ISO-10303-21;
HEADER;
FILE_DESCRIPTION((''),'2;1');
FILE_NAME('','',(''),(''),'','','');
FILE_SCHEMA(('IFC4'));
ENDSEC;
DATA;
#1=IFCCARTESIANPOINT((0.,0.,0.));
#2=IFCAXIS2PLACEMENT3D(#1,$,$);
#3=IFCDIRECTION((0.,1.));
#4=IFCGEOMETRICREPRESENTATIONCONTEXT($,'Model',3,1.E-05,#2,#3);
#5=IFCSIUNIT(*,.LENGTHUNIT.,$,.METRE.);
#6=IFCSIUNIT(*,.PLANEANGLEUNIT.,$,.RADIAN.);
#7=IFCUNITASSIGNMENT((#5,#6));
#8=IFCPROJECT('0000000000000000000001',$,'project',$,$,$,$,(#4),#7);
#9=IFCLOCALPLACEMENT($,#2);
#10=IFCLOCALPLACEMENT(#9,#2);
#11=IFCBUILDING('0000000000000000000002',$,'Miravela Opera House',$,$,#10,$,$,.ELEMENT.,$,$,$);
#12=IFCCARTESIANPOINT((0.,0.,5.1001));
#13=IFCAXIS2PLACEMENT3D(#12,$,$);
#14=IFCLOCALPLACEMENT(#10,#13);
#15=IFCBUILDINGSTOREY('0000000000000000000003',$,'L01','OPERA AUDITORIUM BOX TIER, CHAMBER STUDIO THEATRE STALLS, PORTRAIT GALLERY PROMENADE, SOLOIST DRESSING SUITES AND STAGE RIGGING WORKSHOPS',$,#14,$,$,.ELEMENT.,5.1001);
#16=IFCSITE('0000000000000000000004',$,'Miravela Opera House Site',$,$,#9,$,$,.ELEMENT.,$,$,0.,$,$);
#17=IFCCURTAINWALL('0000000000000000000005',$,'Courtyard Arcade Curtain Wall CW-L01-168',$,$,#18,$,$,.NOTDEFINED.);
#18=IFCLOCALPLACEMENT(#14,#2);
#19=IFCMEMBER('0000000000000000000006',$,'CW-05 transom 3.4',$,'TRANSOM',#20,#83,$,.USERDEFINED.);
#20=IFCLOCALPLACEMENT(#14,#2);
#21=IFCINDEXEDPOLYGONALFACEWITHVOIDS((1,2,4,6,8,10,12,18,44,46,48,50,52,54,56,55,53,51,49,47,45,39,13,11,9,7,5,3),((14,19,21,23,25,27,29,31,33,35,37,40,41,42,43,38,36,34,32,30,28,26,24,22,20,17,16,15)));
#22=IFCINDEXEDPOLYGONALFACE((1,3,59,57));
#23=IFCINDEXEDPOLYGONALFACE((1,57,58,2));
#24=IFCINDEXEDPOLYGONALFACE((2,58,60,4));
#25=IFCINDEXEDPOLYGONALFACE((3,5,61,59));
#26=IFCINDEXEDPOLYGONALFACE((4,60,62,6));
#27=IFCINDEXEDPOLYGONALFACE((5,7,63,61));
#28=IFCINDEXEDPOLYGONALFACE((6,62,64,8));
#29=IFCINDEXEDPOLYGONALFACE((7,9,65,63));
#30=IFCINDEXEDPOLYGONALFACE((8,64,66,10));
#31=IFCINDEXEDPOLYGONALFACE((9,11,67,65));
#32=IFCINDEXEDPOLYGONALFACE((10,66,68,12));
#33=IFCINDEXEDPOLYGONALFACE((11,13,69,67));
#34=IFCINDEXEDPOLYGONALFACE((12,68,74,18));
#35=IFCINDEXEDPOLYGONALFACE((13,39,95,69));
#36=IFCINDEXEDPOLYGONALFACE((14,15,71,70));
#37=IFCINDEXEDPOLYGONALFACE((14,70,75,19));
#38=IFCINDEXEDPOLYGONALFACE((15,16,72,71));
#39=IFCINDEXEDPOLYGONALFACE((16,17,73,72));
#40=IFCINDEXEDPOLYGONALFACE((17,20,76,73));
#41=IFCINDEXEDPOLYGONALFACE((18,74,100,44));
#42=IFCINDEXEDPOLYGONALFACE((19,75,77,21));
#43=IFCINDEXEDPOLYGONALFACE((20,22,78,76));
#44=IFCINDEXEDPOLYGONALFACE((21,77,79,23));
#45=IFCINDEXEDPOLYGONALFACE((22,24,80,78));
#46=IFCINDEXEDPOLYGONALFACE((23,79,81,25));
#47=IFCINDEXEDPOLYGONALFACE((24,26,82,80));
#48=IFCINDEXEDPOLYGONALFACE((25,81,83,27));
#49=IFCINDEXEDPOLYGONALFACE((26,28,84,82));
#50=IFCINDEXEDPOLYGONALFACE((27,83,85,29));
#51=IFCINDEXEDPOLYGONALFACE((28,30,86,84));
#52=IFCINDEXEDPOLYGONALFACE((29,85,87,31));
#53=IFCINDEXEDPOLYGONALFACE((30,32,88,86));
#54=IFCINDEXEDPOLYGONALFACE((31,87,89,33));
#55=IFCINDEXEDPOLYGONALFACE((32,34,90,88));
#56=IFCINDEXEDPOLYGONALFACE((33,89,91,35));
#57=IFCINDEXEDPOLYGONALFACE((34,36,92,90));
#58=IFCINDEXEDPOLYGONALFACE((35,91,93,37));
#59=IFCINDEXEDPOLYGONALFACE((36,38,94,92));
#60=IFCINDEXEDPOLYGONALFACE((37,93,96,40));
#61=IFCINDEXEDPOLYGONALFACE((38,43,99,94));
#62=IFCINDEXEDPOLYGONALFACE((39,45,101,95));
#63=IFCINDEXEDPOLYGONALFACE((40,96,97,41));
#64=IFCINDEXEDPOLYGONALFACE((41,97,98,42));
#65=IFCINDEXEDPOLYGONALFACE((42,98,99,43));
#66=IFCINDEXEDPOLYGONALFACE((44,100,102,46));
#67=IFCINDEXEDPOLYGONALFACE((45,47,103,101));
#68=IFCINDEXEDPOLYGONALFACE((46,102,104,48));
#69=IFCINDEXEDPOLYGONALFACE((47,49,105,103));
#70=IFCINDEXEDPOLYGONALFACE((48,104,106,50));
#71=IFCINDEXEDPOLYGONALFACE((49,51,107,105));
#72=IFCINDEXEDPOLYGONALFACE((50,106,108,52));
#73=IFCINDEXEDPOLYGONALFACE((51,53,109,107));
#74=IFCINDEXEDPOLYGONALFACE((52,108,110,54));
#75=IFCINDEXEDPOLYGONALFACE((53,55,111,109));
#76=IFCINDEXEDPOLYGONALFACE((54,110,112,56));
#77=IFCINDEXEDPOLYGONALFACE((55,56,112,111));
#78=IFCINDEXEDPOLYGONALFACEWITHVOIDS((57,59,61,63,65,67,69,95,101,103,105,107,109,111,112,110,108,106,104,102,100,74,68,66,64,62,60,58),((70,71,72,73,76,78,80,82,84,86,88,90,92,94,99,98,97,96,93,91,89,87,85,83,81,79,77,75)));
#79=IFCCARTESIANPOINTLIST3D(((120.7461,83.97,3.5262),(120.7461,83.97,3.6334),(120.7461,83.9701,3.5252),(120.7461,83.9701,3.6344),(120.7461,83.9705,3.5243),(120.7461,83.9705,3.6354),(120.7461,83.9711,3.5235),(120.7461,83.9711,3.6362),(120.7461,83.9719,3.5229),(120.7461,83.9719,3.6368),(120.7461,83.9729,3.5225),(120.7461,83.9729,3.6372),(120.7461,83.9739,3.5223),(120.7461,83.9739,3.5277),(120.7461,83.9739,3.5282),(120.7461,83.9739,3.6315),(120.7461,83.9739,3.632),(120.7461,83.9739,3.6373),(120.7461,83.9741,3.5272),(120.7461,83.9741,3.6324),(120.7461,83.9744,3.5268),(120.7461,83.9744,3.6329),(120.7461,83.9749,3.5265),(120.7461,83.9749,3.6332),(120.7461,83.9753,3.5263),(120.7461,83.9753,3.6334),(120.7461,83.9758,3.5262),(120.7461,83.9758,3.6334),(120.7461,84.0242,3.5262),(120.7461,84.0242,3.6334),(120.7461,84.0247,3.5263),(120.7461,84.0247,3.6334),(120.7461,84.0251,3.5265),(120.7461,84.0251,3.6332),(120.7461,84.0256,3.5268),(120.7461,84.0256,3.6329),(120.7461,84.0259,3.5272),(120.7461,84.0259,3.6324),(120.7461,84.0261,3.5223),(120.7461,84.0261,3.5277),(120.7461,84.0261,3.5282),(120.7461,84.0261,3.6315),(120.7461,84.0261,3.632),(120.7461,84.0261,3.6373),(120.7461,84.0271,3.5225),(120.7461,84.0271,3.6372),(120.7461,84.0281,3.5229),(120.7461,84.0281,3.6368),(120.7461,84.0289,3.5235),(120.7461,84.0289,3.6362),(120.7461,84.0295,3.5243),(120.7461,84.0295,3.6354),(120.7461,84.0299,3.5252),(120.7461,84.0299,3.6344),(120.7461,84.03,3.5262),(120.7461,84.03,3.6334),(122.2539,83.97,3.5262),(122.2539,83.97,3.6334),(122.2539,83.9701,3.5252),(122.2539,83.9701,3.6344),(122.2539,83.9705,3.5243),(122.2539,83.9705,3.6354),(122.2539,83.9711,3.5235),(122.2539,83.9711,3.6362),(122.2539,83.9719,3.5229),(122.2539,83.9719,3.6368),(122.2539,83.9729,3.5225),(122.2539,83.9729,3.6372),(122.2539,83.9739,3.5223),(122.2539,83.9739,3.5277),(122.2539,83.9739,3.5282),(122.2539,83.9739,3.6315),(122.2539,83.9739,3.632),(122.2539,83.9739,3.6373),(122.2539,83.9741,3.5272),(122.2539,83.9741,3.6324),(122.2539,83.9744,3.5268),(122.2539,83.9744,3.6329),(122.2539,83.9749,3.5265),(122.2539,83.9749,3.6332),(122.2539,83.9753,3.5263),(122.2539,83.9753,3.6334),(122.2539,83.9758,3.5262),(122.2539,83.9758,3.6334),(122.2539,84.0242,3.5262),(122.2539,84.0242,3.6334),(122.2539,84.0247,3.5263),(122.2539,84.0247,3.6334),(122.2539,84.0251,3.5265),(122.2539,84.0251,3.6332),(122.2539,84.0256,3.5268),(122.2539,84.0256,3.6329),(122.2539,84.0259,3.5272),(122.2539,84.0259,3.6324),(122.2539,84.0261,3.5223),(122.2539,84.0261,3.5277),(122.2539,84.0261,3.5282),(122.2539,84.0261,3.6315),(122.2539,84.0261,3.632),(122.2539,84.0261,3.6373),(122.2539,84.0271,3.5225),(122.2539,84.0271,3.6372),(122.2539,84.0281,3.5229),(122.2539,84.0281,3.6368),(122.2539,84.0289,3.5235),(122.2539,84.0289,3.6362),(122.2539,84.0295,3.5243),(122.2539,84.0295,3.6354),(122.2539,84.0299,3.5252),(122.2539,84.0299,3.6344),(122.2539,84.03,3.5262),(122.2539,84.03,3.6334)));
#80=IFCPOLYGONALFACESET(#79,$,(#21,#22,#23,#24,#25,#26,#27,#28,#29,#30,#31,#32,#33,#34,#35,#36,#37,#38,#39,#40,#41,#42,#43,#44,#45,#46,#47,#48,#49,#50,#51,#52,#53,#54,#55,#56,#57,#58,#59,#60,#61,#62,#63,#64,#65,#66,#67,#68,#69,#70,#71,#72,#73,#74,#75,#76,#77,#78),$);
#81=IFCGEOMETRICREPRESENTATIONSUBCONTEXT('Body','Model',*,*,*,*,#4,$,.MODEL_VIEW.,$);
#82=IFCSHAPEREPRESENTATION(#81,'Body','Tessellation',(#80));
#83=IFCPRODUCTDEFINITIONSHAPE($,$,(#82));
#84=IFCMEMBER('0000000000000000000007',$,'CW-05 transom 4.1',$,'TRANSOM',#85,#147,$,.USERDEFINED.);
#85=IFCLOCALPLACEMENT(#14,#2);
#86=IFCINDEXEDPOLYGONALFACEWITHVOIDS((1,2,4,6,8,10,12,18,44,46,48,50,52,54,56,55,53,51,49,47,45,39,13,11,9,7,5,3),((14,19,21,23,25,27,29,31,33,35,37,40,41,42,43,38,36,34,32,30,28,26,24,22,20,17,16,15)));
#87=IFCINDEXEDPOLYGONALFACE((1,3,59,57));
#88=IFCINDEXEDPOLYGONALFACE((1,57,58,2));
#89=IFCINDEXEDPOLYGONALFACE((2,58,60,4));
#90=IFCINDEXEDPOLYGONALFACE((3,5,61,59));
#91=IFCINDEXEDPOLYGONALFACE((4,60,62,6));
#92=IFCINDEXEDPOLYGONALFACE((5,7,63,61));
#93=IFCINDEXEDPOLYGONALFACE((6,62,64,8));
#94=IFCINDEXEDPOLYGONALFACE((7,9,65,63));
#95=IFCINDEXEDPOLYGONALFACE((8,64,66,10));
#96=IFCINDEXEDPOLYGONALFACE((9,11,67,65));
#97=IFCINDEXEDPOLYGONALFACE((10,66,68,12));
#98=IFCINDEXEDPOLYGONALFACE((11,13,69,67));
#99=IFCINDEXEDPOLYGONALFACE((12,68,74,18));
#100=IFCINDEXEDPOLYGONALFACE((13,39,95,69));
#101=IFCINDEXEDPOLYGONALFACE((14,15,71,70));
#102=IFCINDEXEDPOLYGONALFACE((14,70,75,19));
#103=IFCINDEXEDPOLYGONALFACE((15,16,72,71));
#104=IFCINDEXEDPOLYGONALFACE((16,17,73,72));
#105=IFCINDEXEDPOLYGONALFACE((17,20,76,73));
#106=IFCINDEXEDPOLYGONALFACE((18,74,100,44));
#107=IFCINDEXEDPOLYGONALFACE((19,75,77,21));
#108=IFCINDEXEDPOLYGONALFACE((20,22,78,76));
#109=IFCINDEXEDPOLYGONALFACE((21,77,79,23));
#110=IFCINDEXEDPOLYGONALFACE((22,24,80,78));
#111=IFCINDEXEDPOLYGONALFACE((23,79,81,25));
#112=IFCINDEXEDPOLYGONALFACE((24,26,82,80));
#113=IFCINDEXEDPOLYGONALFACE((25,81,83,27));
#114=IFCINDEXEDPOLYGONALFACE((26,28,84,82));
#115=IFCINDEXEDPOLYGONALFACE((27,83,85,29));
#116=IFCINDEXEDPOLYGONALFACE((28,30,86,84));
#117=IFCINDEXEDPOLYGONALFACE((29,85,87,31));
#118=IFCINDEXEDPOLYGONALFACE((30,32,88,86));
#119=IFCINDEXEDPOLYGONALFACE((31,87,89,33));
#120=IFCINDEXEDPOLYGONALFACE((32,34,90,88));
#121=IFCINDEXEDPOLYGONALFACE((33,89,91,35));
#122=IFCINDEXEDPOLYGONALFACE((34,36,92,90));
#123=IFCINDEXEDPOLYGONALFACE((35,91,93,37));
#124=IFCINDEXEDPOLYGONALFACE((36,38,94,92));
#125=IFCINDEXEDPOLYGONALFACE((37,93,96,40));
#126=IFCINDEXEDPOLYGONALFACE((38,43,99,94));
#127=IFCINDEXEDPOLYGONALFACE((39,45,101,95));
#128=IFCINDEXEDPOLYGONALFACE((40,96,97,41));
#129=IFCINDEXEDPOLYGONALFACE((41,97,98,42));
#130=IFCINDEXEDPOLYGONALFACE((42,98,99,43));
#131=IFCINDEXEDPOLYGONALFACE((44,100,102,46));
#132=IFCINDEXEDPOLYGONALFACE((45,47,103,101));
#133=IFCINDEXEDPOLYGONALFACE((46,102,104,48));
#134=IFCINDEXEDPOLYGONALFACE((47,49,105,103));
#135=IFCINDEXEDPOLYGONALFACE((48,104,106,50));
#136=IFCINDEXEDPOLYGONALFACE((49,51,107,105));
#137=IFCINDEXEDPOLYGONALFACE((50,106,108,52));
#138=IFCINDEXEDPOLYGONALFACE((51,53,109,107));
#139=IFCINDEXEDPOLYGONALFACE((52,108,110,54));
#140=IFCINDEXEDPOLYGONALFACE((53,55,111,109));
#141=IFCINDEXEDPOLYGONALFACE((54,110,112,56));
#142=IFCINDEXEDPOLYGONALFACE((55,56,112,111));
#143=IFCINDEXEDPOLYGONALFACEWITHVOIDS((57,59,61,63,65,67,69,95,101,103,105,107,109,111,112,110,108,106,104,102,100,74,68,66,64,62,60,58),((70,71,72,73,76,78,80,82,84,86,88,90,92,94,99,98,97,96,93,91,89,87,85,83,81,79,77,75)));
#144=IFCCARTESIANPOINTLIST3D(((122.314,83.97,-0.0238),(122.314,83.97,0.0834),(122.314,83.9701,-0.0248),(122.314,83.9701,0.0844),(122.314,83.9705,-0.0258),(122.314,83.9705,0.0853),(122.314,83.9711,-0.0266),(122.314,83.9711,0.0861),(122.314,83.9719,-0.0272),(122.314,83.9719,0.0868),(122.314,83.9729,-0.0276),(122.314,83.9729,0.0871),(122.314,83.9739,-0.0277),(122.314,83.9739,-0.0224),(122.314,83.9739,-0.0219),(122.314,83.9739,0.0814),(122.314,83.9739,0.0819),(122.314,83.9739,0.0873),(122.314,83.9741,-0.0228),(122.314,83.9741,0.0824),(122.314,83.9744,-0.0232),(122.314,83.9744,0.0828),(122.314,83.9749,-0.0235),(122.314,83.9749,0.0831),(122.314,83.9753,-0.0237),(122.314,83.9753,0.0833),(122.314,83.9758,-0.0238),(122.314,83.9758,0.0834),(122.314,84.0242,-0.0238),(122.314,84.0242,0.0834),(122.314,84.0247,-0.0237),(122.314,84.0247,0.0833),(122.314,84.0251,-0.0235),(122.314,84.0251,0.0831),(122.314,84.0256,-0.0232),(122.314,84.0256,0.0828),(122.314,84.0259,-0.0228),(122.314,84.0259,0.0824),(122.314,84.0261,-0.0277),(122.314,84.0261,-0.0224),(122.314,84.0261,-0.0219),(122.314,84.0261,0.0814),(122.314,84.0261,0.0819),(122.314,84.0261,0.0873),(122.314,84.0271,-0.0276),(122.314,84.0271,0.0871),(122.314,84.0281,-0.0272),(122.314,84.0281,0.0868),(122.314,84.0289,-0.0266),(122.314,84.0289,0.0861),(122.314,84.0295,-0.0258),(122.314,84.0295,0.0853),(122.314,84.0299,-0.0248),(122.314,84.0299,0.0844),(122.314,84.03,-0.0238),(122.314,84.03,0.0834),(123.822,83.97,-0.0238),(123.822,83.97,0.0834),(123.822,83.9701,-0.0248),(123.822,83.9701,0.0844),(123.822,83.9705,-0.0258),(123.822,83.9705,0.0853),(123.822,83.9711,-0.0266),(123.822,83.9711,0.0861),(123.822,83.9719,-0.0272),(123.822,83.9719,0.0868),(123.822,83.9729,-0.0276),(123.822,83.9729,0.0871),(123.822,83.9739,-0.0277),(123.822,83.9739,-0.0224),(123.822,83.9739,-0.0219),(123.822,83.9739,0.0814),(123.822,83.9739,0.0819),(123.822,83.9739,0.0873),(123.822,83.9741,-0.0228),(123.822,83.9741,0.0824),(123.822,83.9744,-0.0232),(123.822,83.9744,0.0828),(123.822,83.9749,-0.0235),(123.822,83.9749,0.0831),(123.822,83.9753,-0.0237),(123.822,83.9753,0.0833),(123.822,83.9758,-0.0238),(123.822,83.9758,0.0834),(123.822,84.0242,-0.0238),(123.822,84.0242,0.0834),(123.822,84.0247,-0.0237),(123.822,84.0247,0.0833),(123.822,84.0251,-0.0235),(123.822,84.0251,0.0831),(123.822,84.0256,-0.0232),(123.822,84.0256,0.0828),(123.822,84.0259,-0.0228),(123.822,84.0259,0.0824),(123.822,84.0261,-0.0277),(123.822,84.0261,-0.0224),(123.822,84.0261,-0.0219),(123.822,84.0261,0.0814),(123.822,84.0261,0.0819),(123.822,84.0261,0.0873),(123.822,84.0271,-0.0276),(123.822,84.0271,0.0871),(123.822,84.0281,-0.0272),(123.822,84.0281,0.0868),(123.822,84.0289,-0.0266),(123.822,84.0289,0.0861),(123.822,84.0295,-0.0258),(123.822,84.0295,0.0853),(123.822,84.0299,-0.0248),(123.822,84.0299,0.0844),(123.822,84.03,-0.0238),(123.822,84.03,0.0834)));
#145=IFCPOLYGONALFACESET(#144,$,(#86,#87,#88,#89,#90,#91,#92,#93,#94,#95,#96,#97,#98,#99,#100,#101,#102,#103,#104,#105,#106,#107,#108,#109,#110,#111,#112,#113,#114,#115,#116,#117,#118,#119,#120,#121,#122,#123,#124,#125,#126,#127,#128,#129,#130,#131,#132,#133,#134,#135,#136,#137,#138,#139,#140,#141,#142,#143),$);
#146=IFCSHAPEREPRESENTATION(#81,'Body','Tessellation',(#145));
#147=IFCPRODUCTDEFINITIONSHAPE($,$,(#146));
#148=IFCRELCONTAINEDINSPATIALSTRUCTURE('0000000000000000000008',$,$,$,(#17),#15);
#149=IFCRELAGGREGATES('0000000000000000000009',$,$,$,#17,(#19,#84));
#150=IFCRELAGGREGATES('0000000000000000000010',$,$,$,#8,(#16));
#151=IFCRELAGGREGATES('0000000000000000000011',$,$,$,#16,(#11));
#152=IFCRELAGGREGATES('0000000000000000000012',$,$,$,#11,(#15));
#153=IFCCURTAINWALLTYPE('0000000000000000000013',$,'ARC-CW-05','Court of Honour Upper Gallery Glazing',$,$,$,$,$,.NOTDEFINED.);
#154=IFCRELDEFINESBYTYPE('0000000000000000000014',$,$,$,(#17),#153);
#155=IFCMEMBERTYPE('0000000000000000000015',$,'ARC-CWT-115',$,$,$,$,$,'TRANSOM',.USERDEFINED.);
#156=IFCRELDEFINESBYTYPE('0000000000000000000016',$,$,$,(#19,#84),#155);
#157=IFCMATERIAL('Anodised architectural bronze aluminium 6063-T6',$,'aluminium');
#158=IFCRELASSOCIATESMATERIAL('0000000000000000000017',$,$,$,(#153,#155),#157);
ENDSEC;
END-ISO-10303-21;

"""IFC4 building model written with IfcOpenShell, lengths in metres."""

from ifc_helpers import new_model, si_unit, direction, frame, origin, origin_2d, place, context, subcontext, project, spatial, hollow_rectangle, extrude, material, material_profile, profile_set, type_object, element, aggregate, save


model = new_model("IFC4")

# Units and contexts
model_context = context("Model", 3, precision=1e-05, world=origin(), true_north=direction((0.0, 1.0)))
body_context = subcontext(model_context, "Body", "Model", "MODEL_VIEW")
ifc_project = project(units=[si_unit("LENGTHUNIT", "METRE"), si_unit("PLANEANGLEUNIT", "RADIAN")], contexts=[model_context])

# Site, building, storey
site_placement = place(None, origin())
site = spatial("IfcSite", under=ifc_project, at=site_placement, Name="Miravela Opera House Site", CompositionType="ELEMENT", RefElevation=0.0)
building_placement = place(site_placement, origin())
building = spatial("IfcBuilding", under=site, at=building_placement, Name="Miravela Opera House", CompositionType="ELEMENT")
storey_placement = place(building_placement, frame((0.0, 0.0, 5.1001)))
storey = spatial("IfcBuildingStorey", under=building, at=storey_placement, Name="L01", Description="OPERA AUDITORIUM BOX TIER, CHAMBER STUDIO THEATRE STALLS, PORTRAIT GALLERY PROMENADE, SOLOIST DRESSING SUITES AND STAGE RIGGING WORKSHOPS", CompositionType="ELEMENT", Elevation=5.1001)

# Curtain wall, members
ifc_material_1 = material(Name="Anodised architectural bronze aluminium 6063-T6", Category="aluminium")
curtain_wall_type = type_object("IfcCurtainWallType", Name="ARC-CW-05", Description="Court of Honour Upper Gallery Glazing", PredefinedType="NOTDEFINED", material=ifc_material_1)
curtain_wall_placement = place(storey_placement, origin())
curtain_wall = element("IfcCurtainWall", 1, at=curtain_wall_placement, inside=storey, type_object=curtain_wall_type, Name="Courtyard Arcade Curtain Wall CW-L01-168", PredefinedType="NOTDEFINED")
ifc_material_profile_1 = material_profile(ifc_material_1, hollow_rectangle(XDim=0.0601, YDim=0.115, WallThickness=0.0039, InnerFilletRadius=0.002, OuterFilletRadius=0.0039, at=origin_2d()), Name="CWT-60X115")
ifc_profile_set_1 = profile_set([ifc_material_profile_1])
member_type_1 = type_object("IfcMemberType", Name="ARC-CWT-115", ElementType="TRANSOM", PredefinedType="USERDEFINED", material=ifc_profile_set_1)
member_1_placement = place(storey_placement, frame((120.7461, 84.0, 3.5798), z_axis=(1.0, 0.0, 0.0), x_axis=(0.0, 1.0, 0.0)))
member_1 = element("IfcMember", 2, at=member_1_placement, type_object=member_type_1, Name="CW-05 transom 3.4", ObjectType="TRANSOM", PredefinedType="USERDEFINED", context=body_context, shape_type="SweptSolid", body=[
    extrude(hollow_rectangle(XDim=0.0601, YDim=0.115, WallThickness=0.0039, InnerFilletRadius=0.002, OuterFilletRadius=0.0039, at=origin_2d()), origin(), (0.0, 0.0, 1.0), 1.5078),
])
member_2_placement = place(storey_placement, frame((122.314, 84.0, 0.0298), z_axis=(1.0, 0.0, 0.0), x_axis=(0.0, 1.0, 0.0)))
member_2 = element("IfcMember", 3, at=member_2_placement, type_object=member_type_1, Name="CW-05 transom 4.1", ObjectType="TRANSOM", PredefinedType="USERDEFINED", context=body_context, shape_type="SweptSolid", body=[
    extrude(hollow_rectangle(XDim=0.0601, YDim=0.115, WallThickness=0.0039, InnerFilletRadius=0.002, OuterFilletRadius=0.0039, at=origin_2d()), origin(), (0.0, 0.0, 1.0), 1.5081),
])
aggregate(curtain_wall, [member_1, member_2])

save(model, "model.ifc")
